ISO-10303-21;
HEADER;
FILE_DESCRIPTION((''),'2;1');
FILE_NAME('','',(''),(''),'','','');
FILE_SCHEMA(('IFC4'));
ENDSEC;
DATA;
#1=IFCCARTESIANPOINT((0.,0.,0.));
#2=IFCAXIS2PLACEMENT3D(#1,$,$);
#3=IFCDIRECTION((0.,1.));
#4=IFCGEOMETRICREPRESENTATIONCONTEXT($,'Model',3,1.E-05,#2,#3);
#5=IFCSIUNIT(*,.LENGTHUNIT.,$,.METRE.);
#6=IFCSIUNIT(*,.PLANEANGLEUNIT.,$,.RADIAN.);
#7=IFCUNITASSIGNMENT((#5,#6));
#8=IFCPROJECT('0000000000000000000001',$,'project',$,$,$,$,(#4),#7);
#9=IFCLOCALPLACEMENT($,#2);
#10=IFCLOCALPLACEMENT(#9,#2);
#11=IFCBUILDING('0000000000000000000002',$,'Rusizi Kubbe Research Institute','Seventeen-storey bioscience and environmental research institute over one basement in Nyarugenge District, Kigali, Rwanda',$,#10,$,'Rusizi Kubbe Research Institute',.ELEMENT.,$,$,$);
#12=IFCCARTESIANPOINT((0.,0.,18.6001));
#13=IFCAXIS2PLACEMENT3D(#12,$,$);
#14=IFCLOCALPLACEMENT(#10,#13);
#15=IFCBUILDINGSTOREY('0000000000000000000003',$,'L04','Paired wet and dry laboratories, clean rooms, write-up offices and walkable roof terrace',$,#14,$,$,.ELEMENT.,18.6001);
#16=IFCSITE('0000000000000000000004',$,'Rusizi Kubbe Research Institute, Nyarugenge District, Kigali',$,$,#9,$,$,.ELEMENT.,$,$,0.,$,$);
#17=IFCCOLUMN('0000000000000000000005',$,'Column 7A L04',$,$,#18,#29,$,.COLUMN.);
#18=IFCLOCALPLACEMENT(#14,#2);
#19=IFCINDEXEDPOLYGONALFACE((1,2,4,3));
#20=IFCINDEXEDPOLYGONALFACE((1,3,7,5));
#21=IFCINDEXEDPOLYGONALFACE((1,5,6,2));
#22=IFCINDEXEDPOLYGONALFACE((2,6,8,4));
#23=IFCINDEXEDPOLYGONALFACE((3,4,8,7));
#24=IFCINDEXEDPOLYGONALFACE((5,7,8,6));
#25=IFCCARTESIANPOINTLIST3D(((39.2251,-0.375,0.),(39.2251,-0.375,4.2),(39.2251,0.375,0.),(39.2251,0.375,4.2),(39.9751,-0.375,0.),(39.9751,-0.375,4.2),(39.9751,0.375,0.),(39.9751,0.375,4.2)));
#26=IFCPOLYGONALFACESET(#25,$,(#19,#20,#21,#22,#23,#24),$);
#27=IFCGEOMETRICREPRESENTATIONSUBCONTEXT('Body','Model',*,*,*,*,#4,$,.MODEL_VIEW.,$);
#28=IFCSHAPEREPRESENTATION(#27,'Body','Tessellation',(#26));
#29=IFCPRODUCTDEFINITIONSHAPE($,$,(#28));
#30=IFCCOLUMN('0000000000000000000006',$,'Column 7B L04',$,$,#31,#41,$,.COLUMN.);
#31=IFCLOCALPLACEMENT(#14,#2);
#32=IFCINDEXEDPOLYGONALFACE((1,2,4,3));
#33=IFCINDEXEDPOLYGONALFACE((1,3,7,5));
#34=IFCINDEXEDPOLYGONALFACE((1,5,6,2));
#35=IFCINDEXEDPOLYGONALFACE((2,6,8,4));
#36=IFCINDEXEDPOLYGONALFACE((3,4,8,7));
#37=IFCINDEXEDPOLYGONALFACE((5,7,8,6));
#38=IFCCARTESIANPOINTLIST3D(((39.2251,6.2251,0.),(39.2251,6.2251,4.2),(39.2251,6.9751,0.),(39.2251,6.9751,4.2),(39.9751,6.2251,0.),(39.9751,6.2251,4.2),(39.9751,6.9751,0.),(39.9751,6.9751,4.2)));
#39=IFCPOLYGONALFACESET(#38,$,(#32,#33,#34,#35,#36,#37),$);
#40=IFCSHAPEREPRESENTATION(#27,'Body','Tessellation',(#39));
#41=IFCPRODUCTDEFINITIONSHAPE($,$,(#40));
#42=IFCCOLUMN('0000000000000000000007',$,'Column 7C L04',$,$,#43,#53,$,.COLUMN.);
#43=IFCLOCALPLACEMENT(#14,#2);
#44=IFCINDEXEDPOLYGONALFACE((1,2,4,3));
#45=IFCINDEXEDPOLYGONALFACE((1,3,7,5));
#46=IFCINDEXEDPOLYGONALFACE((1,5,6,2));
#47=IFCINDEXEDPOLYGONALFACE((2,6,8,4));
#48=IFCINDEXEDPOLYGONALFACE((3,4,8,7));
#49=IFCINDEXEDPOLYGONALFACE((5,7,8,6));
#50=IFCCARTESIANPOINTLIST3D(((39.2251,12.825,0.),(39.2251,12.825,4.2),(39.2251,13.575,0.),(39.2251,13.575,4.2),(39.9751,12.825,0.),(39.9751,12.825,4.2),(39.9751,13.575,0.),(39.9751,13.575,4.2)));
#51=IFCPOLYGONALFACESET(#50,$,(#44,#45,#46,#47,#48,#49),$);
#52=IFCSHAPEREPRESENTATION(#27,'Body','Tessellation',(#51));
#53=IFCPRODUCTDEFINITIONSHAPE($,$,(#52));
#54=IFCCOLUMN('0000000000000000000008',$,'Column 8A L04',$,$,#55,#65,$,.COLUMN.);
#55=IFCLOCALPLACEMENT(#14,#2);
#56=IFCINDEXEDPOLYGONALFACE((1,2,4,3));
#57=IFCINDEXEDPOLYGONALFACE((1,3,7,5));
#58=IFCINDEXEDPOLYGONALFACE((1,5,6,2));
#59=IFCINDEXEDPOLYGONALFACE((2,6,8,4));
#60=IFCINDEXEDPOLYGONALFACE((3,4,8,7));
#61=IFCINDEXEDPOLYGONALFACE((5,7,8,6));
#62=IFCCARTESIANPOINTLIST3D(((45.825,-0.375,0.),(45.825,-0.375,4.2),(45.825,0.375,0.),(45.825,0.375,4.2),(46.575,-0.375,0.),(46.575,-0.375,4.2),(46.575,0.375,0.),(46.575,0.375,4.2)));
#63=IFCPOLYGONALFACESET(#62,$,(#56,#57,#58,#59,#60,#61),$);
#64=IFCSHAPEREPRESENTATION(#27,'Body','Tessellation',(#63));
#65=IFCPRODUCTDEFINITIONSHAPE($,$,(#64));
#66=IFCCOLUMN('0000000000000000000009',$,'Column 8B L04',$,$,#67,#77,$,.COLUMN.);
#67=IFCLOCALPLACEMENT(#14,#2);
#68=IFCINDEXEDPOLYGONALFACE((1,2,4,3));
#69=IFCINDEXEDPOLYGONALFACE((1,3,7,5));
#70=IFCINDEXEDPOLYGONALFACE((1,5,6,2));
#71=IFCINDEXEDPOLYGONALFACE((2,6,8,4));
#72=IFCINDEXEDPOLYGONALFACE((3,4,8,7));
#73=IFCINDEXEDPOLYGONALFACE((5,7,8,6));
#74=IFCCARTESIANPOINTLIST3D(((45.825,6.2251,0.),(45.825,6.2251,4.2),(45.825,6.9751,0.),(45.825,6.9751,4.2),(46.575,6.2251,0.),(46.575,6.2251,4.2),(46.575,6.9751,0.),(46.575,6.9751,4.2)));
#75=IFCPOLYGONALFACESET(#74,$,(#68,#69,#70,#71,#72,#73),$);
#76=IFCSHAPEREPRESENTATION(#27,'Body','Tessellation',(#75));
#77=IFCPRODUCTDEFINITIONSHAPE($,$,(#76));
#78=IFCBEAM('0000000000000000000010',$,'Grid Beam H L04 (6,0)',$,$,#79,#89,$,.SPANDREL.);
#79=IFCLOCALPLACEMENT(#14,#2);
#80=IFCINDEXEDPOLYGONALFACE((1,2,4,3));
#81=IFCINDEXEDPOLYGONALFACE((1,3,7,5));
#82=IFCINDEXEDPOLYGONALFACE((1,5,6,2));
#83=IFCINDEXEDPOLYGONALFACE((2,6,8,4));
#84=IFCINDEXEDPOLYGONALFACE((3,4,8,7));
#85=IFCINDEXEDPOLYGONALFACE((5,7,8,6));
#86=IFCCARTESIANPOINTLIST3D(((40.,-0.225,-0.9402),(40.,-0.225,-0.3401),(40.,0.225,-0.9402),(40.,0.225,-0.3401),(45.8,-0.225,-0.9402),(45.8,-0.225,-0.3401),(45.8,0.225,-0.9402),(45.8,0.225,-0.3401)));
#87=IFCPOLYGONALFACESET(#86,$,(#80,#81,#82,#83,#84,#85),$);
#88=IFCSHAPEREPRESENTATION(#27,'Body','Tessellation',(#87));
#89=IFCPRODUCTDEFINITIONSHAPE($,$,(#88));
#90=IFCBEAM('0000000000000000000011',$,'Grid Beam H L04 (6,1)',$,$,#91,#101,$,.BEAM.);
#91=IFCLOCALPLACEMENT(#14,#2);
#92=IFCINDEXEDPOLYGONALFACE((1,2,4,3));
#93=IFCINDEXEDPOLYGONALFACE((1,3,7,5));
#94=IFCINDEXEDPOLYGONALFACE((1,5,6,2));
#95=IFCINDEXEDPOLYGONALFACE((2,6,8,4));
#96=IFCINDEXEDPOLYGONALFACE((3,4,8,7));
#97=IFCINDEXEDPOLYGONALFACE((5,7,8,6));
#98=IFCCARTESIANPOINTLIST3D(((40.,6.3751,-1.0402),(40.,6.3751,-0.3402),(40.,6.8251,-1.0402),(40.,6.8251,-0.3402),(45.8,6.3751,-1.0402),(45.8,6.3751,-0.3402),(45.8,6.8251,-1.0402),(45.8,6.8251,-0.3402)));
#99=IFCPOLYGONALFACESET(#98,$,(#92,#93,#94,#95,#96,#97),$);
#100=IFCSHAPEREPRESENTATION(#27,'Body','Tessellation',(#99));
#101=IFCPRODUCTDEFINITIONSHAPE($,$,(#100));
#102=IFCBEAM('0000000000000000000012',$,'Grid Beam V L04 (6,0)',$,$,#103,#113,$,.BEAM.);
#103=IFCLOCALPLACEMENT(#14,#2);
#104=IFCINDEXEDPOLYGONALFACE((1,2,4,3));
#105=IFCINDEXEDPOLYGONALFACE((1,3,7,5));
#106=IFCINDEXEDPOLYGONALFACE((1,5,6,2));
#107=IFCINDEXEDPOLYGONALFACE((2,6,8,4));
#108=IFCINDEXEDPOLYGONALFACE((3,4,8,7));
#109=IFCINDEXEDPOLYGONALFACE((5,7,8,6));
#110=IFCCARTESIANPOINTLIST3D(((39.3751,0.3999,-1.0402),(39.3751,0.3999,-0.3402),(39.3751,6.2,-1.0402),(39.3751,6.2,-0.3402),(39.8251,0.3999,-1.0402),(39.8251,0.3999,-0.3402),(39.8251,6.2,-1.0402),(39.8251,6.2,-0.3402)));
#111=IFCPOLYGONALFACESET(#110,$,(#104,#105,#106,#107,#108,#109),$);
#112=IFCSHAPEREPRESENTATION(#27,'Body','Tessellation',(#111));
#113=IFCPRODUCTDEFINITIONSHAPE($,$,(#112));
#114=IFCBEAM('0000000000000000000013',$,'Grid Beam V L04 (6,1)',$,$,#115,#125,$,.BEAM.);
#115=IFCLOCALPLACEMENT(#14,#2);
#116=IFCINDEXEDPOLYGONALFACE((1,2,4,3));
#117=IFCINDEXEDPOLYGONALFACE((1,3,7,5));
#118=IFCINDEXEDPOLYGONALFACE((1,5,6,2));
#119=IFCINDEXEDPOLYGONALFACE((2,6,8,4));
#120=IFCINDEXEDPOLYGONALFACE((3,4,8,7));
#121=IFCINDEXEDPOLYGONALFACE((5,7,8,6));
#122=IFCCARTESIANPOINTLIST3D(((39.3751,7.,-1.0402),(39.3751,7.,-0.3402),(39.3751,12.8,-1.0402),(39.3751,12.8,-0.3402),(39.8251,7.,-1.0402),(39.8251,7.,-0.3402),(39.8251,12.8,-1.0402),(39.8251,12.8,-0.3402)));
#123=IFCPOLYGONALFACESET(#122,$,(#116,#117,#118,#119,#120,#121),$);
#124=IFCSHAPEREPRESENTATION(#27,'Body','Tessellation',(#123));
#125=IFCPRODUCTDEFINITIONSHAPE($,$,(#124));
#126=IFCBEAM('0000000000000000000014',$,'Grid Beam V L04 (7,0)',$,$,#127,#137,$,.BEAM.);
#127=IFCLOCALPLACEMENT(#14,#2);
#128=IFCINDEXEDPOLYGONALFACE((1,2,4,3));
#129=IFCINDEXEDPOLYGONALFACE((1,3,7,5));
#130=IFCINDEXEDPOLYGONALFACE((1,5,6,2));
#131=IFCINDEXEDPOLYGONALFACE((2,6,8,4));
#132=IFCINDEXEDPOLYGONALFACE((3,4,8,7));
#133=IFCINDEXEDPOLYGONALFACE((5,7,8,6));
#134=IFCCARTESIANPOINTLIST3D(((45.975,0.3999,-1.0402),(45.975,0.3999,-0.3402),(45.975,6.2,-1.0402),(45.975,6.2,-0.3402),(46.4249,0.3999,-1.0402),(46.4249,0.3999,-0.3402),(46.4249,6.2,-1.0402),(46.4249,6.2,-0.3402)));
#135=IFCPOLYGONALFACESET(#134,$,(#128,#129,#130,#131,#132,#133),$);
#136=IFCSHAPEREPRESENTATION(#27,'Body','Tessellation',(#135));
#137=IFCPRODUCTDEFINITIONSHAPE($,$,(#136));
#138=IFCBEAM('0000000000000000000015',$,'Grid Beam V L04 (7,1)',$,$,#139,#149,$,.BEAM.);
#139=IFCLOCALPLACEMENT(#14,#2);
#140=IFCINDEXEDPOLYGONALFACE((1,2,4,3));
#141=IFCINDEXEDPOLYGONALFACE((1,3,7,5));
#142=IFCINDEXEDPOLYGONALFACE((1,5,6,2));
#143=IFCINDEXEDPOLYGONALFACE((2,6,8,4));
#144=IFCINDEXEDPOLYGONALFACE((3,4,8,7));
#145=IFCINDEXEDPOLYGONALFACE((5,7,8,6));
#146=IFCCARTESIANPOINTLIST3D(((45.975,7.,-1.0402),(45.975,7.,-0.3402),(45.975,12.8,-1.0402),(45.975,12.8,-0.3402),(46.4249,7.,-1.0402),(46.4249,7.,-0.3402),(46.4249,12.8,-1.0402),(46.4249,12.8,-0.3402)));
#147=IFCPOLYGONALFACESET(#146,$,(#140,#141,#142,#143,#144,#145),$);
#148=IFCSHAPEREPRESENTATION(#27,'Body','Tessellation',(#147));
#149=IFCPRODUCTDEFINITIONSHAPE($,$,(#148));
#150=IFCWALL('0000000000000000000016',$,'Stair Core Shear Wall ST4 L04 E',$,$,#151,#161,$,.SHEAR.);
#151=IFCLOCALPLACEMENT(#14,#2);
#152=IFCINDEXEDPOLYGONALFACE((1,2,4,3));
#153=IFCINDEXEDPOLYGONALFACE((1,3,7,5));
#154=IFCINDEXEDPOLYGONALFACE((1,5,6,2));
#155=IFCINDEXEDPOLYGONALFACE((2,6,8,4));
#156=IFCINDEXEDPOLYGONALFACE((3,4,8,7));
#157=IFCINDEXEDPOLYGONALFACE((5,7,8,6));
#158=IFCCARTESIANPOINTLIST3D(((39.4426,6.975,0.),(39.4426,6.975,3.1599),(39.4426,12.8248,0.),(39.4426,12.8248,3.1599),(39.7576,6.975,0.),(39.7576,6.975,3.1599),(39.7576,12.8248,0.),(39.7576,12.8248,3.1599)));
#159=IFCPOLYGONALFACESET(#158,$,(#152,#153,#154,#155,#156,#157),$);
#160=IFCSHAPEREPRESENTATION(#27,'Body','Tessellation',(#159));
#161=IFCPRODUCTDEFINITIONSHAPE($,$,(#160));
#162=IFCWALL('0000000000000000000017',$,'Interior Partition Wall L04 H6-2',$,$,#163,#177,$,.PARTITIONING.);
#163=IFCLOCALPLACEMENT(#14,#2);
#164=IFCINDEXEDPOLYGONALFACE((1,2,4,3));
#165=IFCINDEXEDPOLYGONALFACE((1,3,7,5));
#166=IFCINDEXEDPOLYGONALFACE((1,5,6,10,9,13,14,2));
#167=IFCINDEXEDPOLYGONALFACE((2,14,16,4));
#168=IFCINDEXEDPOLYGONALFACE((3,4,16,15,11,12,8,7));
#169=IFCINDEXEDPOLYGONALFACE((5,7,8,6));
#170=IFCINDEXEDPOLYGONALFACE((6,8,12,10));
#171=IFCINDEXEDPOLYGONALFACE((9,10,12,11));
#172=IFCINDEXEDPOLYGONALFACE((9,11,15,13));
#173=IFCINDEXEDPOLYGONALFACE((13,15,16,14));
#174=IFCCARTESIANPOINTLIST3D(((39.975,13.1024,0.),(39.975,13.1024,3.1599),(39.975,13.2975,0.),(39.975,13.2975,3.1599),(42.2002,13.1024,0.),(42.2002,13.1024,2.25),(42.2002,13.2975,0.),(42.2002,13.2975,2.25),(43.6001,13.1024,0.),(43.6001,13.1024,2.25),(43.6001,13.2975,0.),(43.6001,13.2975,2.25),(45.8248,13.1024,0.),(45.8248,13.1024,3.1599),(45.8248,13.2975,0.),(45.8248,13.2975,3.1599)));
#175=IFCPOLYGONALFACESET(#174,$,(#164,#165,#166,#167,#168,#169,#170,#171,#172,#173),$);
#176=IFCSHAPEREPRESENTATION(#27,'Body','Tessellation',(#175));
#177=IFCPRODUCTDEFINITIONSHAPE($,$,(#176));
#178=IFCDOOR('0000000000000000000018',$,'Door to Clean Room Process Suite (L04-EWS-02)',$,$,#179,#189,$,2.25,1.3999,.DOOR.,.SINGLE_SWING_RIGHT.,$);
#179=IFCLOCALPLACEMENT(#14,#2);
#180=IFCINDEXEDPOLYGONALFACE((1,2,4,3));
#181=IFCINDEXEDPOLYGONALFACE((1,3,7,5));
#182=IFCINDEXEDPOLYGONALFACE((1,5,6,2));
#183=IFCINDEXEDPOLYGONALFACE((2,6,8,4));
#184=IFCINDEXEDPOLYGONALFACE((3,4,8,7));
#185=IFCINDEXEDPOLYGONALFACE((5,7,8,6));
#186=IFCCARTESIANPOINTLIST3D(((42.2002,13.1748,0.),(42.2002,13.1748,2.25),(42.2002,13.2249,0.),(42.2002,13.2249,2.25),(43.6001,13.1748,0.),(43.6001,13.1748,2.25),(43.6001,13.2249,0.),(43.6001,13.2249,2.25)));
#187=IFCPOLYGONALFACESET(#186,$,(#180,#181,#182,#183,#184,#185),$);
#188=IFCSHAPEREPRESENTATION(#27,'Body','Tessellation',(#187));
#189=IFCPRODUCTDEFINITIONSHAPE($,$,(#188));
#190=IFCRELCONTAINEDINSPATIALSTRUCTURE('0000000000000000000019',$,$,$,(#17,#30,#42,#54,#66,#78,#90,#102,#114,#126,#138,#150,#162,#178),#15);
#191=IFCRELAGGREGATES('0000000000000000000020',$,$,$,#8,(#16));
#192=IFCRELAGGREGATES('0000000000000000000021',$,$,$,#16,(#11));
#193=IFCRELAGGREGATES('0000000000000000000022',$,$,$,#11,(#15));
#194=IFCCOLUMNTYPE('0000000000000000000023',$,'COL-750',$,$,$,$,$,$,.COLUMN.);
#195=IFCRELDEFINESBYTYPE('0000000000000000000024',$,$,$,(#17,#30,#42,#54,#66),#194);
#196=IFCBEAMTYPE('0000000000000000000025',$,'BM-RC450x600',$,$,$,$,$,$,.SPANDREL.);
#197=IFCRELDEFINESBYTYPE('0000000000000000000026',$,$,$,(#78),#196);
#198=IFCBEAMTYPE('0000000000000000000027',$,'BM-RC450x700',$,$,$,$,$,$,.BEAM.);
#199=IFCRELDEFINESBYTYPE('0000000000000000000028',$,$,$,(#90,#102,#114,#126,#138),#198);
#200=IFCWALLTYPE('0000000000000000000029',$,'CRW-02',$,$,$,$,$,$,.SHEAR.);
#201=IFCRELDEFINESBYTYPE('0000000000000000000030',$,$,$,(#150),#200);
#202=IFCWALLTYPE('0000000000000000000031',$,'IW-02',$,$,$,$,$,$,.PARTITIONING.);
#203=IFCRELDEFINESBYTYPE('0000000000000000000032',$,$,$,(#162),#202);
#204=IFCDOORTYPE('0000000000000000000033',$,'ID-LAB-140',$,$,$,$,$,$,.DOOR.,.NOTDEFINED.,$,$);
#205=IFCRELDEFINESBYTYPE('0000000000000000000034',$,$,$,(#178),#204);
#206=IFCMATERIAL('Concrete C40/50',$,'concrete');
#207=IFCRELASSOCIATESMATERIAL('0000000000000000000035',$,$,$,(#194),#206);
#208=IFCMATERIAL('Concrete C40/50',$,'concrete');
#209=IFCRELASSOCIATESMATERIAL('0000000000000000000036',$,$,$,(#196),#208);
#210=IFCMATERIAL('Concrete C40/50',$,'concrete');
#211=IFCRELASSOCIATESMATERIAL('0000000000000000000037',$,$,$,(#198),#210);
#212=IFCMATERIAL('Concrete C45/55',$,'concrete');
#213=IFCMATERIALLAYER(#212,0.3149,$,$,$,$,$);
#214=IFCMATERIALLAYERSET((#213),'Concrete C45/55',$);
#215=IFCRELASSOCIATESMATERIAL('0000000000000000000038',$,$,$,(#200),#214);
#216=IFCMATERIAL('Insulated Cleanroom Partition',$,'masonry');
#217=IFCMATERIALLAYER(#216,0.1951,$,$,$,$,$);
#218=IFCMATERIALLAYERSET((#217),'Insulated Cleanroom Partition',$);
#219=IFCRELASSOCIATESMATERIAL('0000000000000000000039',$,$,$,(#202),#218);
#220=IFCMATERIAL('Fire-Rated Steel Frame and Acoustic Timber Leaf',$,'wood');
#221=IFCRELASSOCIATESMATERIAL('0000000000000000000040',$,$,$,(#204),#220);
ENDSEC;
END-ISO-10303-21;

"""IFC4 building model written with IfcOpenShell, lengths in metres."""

from ifc_helpers import new_model, si_unit, direction, frame, frame_2d, origin, origin_2d, place, context, subcontext, project, spatial, rectangle, extrude, material, layer, layer_set, material_profile, profile_set, type_object, element, fill, save


model = new_model("IFC4")

# Units and contexts
model_context = context("Model", 3, precision=1e-05, world=origin(), true_north=direction((0.0, 1.0)))
body_context = subcontext(model_context, "Body", "Model", "MODEL_VIEW")
ifc_project = project(units=[si_unit("LENGTHUNIT", "METRE"), si_unit("PLANEANGLEUNIT", "RADIAN")], contexts=[model_context])

# Site, building, storey
site_placement = place(None, origin())
site = spatial("IfcSite", under=ifc_project, at=site_placement, Name="Rusizi Kubbe Research Institute, Nyarugenge District, Kigali", CompositionType="ELEMENT", RefElevation=0.0)
building_placement = place(site_placement, origin())
building = spatial("IfcBuilding", under=site, at=building_placement, Name="Rusizi Kubbe Research Institute", Description="Seventeen-storey bioscience and environmental research institute over one basement in Nyarugenge District, Kigali, Rwanda", LongName="Rusizi Kubbe Research Institute", CompositionType="ELEMENT")
storey_placement = place(building_placement, frame((0.0, 0.0, 18.6001)))
storey = spatial("IfcBuildingStorey", under=building, at=storey_placement, Name="L04", Description="Paired wet and dry laboratories, clean rooms, write-up offices and walkable roof terrace", CompositionType="ELEMENT", Elevation=18.6001)

# Columns
ifc_material_1 = material(Name="Concrete C40/50", Category="concrete")
ifc_material_profile_1 = material_profile(ifc_material_1, rectangle(XDim=0.75, YDim=0.75, at=origin_2d()), Name="RC750x750")
ifc_profile_set_1 = profile_set([ifc_material_profile_1], Name="Concrete C40/50")
column_type = type_object("IfcColumnType", Name="COL-750", PredefinedType="COLUMN", material=ifc_profile_set_1)
for number, where, z_axis, x_axis, name in (
    (1, (39.6001, 0.0, 0.0), (0.0, 0.0, 1.0), (1.0, 0.0, 0.0), "Column 7A L04"),
    (2, (39.6001, 6.6001, 0.0), (0.0, 0.0, 1.0), (1.0, 0.0, 0.0), "Column 7B L04"),
    (3, (39.6001, 13.2, 0.0), (0.0, 0.0, 1.0), (1.0, 0.0, 0.0), "Column 7C L04"),
    (4, (46.2, 0.0, 0.0), (0.0, 0.0, 1.0), (1.0, 0.0, 0.0), "Column 8A L04"),
    (5, (46.2, 6.6001, 0.0), (0.0, 0.0, 1.0), (1.0, 0.0, 0.0), "Column 8B L04"),
):
    element("IfcColumn", number, at=place(storey_placement, frame(where, z_axis=z_axis, x_axis=x_axis)), inside=storey, type_object=column_type, Name=name, PredefinedType="COLUMN", context=body_context, shape_type="SweptSolid", body=[
        extrude(rectangle(XDim=0.75, YDim=0.75, at=origin_2d()), origin(), (0.0, 0.0, 1.0), 4.2),
    ])

# Beams
ifc_material_2 = material(Name="Concrete C40/50", Category="concrete")
ifc_material_profile_2 = material_profile(ifc_material_2, rectangle(XDim=0.45, YDim=0.6001, at=origin_2d()), Name="RC450x600")
ifc_profile_set_2 = profile_set([ifc_material_profile_2], Name="Concrete C40/50")
beam_type_1 = type_object("IfcBeamType", Name="BM-RC450x600", PredefinedType="SPANDREL", material=ifc_profile_set_2)
beam_placement = place(storey_placement, frame((40.0, 0.0, -0.6401), z_axis=(1.0, 0.0, 0.0), x_axis=(0.0, 1.0, 0.0)))
element("IfcBeam", 6, at=beam_placement, inside=storey, type_object=beam_type_1, Name="Grid Beam H L04 (6,0)", PredefinedType="SPANDREL", context=body_context, shape_type="SweptSolid", body=[
    extrude(rectangle(XDim=0.45, YDim=0.6001, at=origin_2d()), origin(), (0.0, 0.0, 1.0), 5.8),
])
ifc_material_3 = material(Name="Concrete C40/50", Category="concrete")
ifc_material_profile_3 = material_profile(ifc_material_3, rectangle(XDim=0.45, YDim=0.7, at=origin_2d()), Name="RC450x700B")
ifc_profile_set_3 = profile_set([ifc_material_profile_3], Name="Concrete C40/50")
beam_type_2 = type_object("IfcBeamType", Name="BM-RC450x700", PredefinedType="BEAM", material=ifc_profile_set_3)
for number, where, z_axis, x_axis, name in (
    (7, (40.0, 6.6001, -0.6902), (1.0, 0.0, 0.0), (0.0, 1.0, 0.0), "Grid Beam H L04 (6,1)"),
    (8, (39.6001, 0.3999, -0.6902), (0.0, 1.0, 0.0), (-1.0, 0.0, 0.0), "Grid Beam V L04 (6,0)"),
    (9, (39.6001, 7.0, -0.6902), (0.0, 1.0, 0.0), (-1.0, 0.0, 0.0), "Grid Beam V L04 (6,1)"),
    (10, (46.2, 0.3999, -0.6902), (0.0, 1.0, 0.0), (-1.0, 0.0, 0.0), "Grid Beam V L04 (7,0)"),
    (11, (46.2, 7.0, -0.6902), (0.0, 1.0, 0.0), (-1.0, 0.0, 0.0), "Grid Beam V L04 (7,1)"),
):
    element("IfcBeam", number, at=place(storey_placement, frame(where, z_axis=z_axis, x_axis=x_axis)), inside=storey, type_object=beam_type_2, Name=name, PredefinedType="BEAM", context=body_context, shape_type="SweptSolid", body=[
        extrude(rectangle(XDim=0.45, YDim=0.7, at=origin_2d()), origin(), (0.0, 0.0, 1.0), 5.8),
    ])

# Wall
ifc_material_4 = material(Name="Concrete C45/55", Category="concrete")
ifc_layer_1 = layer(ifc_material_4, 0.3149)
ifc_layer_set_1 = layer_set([ifc_layer_1], Name="Concrete C45/55")
wall_type_1 = type_object("IfcWallType", Name="CRW-02", PredefinedType="SHEAR", material=ifc_layer_set_1)
wall_1_placement = place(storey_placement, frame((39.6001, 6.9751, 0.0), z_axis=(0.0, 0.0, 1.0), x_axis=(0.0, 1.0, 0.0)))
element("IfcWall", 12, at=wall_1_placement, inside=storey, type_object=wall_type_1, Name="Stair Core Shear Wall ST4 L04 E", PredefinedType="SHEAR", context=body_context, shape_type="SweptSolid", body=[
    extrude(rectangle(XDim=5.8499, YDim=0.3149, at=frame_2d((2.9248, 0.0))), origin(), (0.0, 0.0, 1.0), 3.1599),
])

# Wall, opening, door
ifc_material_5 = material(Name="Insulated Cleanroom Partition", Category="masonry")
ifc_layer_2 = layer(ifc_material_5, 0.1951)
ifc_layer_set_2 = layer_set([ifc_layer_2], Name="Insulated Cleanroom Partition")
wall_type_2 = type_object("IfcWallType", Name="IW-02", PredefinedType="PARTITIONING", material=ifc_layer_set_2)
wall_2_placement = place(storey_placement, frame((39.9751, 13.2, 0.0), z_axis=(0.0, 0.0, 1.0), x_axis=(1.0, 0.0, 0.0)))
wall_2 = element("IfcWall", 13, at=wall_2_placement, inside=storey, type_object=wall_type_2, Name="Interior Partition Wall L04 H6-2", PredefinedType="PARTITIONING", context=body_context, shape_type="SweptSolid", body=[
    extrude(rectangle(XDim=5.8499, YDim=0.1951, at=frame_2d((2.9248, 0.0))), origin(), (0.0, 0.0, 1.0), 3.1599),
])
opening_1_placement = place(wall_2_placement, frame((2.2251, 0.0, 0.0)))
opening_1 = element("IfcOpeningElement", 14, at=opening_1_placement, cuts=wall_2, PredefinedType="OPENING", context=body_context, shape_type="SweptSolid", body=[
    extrude(rectangle(XDim=1.3999, YDim=2.25, at=frame_2d((0.7, 1.125))), frame((0.0, 0.1074, 0.0), z_axis=(0.0, -1.0, 0.0), x_axis=(1.0, 0.0, 0.0)), (0.0, 0.0, 1.0), 0.2151),
])
ifc_material_6 = material(Name="Fire-Rated Steel Frame and Acoustic Timber Leaf", Category="wood")
door_type_1 = type_object("IfcDoorType", Name="ID-LAB-140", OperationType="NOTDEFINED", PredefinedType="DOOR", material=ifc_material_6)
door_1_placement = place(opening_1_placement, origin())
door_1 = element("IfcDoor", 15, at=door_1_placement, inside=storey, type_object=door_type_1, Name="Door to Clean Room Process Suite (L04-EWS-02)", OperationType="SINGLE_SWING_RIGHT", OverallHeight=2.25, OverallWidth=1.3999, PredefinedType="DOOR", context=body_context, shape_type="SweptSolid", body=[
    extrude(rectangle(XDim=1.3999, YDim=2.25, at=frame_2d((0.7, 1.125))), frame((0.0, 0.0249, 0.0), z_axis=(0.0, -1.0, 0.0), x_axis=(1.0, 0.0, 0.0)), (0.0, 0.0, 1.0), 0.05),
])
fill(opening_1, door_1)

save(model, "model.ifc")
